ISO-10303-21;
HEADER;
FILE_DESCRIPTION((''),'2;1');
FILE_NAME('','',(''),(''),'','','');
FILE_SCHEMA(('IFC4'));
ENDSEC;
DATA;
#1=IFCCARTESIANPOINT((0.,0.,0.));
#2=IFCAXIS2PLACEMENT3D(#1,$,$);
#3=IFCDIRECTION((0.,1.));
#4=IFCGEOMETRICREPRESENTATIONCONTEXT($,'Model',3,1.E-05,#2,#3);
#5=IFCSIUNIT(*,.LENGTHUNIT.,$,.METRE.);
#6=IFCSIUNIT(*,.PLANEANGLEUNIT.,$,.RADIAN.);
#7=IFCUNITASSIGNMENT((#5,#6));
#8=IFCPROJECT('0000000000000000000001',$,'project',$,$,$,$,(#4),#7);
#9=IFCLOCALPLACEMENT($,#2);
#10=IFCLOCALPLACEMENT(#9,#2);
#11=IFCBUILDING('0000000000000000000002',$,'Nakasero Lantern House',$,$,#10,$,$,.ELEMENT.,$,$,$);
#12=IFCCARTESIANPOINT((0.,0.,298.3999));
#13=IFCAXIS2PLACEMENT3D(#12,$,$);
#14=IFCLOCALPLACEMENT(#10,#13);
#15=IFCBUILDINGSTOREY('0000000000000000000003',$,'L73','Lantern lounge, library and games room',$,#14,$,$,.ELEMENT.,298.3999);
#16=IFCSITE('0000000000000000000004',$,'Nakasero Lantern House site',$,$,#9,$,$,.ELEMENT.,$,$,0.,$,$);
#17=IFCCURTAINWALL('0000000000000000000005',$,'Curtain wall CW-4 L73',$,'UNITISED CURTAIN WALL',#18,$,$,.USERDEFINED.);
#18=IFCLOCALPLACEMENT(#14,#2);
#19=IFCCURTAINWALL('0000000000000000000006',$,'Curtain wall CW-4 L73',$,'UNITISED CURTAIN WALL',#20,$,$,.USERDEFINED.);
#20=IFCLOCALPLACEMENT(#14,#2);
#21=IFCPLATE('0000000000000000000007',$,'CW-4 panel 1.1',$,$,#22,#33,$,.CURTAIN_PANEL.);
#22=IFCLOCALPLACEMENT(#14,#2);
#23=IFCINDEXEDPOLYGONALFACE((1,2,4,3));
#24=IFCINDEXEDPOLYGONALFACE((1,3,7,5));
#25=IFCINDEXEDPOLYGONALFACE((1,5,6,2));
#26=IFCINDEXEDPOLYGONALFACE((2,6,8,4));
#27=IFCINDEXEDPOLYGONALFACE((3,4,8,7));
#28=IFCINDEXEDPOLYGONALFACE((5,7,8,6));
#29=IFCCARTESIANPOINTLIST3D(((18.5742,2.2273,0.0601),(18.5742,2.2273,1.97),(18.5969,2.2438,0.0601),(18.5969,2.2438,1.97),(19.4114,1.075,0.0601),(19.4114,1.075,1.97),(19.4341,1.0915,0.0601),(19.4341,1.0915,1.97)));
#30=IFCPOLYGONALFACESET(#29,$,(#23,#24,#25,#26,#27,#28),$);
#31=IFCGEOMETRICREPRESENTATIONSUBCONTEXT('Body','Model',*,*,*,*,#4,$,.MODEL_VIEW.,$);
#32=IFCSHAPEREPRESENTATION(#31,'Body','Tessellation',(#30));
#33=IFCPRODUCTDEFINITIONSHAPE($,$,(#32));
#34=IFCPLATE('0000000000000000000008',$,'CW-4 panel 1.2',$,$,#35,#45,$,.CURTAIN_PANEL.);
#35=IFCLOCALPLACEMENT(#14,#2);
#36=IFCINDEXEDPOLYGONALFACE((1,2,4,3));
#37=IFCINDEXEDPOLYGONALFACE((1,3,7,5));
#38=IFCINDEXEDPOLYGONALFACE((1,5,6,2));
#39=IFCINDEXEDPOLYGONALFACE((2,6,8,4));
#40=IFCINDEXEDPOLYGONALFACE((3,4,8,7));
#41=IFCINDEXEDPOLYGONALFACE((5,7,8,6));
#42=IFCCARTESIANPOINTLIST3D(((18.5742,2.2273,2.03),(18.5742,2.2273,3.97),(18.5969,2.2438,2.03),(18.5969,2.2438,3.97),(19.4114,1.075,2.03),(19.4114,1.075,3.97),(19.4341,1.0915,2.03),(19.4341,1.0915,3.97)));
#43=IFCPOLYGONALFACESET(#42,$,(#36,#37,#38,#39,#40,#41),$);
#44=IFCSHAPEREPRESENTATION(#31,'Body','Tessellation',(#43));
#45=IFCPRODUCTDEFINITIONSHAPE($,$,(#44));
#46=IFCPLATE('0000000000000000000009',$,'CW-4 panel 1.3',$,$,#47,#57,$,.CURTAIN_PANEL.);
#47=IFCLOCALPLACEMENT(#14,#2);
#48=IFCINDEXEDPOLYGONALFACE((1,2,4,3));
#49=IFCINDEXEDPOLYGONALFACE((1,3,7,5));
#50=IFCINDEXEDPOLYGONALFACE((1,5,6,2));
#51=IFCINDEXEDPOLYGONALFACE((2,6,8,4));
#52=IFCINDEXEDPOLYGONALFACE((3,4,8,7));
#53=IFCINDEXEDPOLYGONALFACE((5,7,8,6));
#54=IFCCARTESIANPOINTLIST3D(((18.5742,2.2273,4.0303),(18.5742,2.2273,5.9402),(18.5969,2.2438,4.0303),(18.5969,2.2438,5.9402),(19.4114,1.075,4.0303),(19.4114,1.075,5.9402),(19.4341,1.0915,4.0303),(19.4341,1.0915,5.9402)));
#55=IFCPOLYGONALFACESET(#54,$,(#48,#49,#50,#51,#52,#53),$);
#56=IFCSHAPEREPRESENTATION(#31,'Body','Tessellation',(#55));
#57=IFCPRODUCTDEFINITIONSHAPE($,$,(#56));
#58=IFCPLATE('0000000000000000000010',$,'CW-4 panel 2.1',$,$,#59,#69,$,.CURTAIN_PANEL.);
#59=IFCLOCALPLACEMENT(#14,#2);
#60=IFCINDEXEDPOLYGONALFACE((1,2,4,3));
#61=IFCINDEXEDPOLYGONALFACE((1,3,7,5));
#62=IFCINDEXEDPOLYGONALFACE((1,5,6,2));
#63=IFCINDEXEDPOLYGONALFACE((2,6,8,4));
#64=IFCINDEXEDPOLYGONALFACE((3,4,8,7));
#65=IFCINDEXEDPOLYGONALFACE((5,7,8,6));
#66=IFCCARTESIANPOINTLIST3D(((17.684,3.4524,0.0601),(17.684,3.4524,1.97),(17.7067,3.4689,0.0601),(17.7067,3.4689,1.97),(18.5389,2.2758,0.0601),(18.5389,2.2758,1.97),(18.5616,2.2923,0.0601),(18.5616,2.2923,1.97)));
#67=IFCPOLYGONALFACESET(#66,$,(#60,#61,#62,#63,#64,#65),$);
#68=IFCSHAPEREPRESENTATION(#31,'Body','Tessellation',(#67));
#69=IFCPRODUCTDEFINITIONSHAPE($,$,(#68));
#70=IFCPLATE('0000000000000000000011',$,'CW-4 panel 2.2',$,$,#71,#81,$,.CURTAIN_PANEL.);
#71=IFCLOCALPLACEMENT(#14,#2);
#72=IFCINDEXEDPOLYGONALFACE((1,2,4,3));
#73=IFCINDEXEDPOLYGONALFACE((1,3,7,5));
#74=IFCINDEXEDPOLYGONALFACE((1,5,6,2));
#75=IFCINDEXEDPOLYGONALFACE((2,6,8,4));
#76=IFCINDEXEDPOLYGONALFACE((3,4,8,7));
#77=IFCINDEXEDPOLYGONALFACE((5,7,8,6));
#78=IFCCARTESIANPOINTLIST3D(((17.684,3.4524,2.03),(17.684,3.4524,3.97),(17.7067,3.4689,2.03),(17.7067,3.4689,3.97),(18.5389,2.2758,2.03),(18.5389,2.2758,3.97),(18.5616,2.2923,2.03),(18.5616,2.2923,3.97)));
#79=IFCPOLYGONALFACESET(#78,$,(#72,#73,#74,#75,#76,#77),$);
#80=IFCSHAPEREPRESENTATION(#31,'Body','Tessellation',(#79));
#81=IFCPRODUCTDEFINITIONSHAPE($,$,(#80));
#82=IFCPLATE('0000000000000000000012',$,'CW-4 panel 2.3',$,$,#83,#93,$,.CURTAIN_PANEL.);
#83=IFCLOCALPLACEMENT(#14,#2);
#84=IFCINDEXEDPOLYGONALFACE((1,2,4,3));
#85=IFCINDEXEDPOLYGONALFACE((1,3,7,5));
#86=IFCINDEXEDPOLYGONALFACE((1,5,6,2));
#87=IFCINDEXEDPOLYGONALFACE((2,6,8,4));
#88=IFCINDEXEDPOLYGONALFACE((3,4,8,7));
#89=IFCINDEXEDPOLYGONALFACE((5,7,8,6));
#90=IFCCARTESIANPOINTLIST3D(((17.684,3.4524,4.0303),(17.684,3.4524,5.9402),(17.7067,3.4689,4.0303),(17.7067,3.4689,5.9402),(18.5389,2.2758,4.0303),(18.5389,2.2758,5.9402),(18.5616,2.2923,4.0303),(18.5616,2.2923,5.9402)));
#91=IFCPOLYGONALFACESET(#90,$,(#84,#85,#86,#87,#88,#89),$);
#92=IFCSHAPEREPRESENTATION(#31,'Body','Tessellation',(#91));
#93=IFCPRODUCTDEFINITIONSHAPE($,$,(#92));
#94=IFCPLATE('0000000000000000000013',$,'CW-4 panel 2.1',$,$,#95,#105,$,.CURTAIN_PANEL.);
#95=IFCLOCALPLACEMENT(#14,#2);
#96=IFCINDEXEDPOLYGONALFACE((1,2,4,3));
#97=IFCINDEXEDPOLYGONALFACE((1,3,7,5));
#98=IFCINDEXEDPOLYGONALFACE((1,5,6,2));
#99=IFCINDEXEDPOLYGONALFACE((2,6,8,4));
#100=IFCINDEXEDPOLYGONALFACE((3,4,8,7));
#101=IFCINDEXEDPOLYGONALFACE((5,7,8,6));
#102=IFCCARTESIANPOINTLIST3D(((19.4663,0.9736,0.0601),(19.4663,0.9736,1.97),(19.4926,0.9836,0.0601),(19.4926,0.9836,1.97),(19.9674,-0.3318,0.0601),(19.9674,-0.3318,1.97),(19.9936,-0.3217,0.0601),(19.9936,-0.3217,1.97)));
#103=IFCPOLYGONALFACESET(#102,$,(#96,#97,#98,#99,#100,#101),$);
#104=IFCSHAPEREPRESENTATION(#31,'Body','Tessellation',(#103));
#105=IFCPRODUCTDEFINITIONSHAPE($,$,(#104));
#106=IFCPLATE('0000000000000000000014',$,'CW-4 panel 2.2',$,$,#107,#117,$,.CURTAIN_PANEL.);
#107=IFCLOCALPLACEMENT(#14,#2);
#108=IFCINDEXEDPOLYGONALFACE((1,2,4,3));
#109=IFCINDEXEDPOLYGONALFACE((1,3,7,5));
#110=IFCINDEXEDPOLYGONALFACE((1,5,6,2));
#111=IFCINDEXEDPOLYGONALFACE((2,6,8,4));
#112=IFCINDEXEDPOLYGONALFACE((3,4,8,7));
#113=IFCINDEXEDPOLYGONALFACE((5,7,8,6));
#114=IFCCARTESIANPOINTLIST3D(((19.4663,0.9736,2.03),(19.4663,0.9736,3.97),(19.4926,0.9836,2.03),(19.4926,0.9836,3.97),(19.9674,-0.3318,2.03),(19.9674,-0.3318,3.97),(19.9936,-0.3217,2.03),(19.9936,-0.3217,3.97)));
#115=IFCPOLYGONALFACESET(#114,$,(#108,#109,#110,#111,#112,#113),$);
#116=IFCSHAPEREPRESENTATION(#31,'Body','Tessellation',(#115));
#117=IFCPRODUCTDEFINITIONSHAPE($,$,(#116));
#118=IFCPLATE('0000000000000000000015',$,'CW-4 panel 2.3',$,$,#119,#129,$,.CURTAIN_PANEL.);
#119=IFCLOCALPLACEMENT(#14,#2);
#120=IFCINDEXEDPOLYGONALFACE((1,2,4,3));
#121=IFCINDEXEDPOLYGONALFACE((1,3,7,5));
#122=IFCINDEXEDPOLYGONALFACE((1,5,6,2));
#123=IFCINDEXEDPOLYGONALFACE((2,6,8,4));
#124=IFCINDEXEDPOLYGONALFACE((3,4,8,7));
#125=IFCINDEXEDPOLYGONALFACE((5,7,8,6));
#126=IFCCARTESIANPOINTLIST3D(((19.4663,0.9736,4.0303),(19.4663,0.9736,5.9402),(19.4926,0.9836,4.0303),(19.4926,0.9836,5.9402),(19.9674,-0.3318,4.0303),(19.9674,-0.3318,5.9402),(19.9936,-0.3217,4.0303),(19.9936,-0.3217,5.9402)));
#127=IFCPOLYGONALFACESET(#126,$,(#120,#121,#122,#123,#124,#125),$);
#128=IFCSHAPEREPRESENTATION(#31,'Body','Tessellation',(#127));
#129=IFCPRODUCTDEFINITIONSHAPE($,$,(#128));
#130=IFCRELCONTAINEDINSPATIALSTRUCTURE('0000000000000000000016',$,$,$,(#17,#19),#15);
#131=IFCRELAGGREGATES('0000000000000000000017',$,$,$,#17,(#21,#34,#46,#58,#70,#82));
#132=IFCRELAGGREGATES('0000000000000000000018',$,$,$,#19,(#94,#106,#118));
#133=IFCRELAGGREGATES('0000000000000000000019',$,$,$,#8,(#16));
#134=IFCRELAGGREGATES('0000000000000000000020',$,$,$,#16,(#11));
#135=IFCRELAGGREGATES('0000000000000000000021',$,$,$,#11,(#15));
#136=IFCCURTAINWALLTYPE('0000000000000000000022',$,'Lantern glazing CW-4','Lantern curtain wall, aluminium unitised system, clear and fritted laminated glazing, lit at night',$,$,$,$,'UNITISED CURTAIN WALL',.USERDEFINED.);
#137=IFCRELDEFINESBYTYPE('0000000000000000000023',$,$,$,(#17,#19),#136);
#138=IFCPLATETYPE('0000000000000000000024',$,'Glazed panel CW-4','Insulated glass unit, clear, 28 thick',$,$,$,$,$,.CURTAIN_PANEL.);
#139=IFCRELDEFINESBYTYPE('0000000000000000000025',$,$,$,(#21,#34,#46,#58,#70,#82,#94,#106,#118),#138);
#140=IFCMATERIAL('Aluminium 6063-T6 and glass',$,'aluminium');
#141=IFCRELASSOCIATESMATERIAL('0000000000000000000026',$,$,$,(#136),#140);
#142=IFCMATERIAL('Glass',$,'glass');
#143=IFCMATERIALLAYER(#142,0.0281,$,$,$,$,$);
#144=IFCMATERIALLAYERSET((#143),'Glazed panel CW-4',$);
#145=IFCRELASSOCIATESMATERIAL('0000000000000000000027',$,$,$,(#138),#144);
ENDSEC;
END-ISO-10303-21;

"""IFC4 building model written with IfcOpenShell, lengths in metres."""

from ifc_helpers import new_model, si_unit, direction, frame, origin, origin_2d, place, context, subcontext, project, spatial, rectangle, extrude, material, layer, layer_set, type_object, element, aggregate, save


model = new_model("IFC4")

# Units and contexts
model_context = context("Model", 3, precision=1e-05, world=origin(), true_north=direction((0.0, 1.0)))
body_context = subcontext(model_context, "Body", "Model", "MODEL_VIEW")
ifc_project = project(units=[si_unit("LENGTHUNIT", "METRE"), si_unit("PLANEANGLEUNIT", "RADIAN")], contexts=[model_context])

# Site, building, storey
site_placement = place(None, origin())
site = spatial("IfcSite", under=ifc_project, at=site_placement, Name="Nakasero Lantern House site", CompositionType="ELEMENT", RefElevation=0.0)
building_placement = place(site_placement, origin())
building = spatial("IfcBuilding", under=site, at=building_placement, Name="Nakasero Lantern House", CompositionType="ELEMENT")
storey_placement = place(building_placement, frame((0.0, 0.0, 298.3999)))
storey = spatial("IfcBuildingStorey", under=building, at=storey_placement, Name="L73", Description="Lantern lounge, library and games room", CompositionType="ELEMENT", Elevation=298.3999)

# Curtain wall
ifc_material_1 = material(Name="Aluminium 6063-T6 and glass", Category="aluminium")
curtain_wall_type = type_object("IfcCurtainWallType", Name="Lantern glazing CW-4", Description="Lantern curtain wall, aluminium unitised system, clear and fritted laminated glazing, lit at night", ElementType="UNITISED CURTAIN WALL", PredefinedType="USERDEFINED", material=ifc_material_1)
curtain_wall_1_placement = place(storey_placement, origin())
curtain_wall_1 = element("IfcCurtainWall", 1, at=curtain_wall_1_placement, inside=storey, type_object=curtain_wall_type, Name="Curtain wall CW-4 L73", ObjectType="UNITISED CURTAIN WALL", PredefinedType="USERDEFINED")

# Curtain wall
curtain_wall_2_placement = place(storey_placement, origin())
curtain_wall_2 = element("IfcCurtainWall", 2, at=curtain_wall_2_placement, inside=storey, type_object=curtain_wall_type, Name="Curtain wall CW-4 L73", ObjectType="UNITISED CURTAIN WALL", PredefinedType="USERDEFINED")

# Plates
ifc_material_2 = material(Name="Glass", Category="glass")
ifc_layer = layer(ifc_material_2, 0.0281)
ifc_layer_set = layer_set([ifc_layer], Name="Glazed panel CW-4")
plate_type = type_object("IfcPlateType", Name="Glazed panel CW-4", Description="Insulated glass unit, clear, 28 thick", PredefinedType="CURTAIN_PANEL", material=ifc_layer_set)
plate_1_placement = place(storey_placement, frame((19.0042, 1.6594, 0.0601), z_axis=(0.0, 0.0, 1.0), x_axis=(-0.587785, 0.809017, 0.0)))
plate_1 = element("IfcPlate", 3, at=plate_1_placement, type_object=plate_type, Name="CW-4 panel 1.1", PredefinedType="CURTAIN_PANEL", context=body_context, shape_type="SweptSolid", body=[
    extrude(rectangle(XDim=1.4243, YDim=0.0281, at=origin_2d()), origin(), (0.0, 0.0, 1.0), 1.9099),
])
plate_2_placement = place(storey_placement, frame((19.0042, 1.6594, 2.03), z_axis=(0.0, 0.0, 1.0), x_axis=(-0.587785, 0.809017, 0.0)))
plate_2 = element("IfcPlate", 4, at=plate_2_placement, type_object=plate_type, Name="CW-4 panel 1.2", PredefinedType="CURTAIN_PANEL", context=body_context, shape_type="SweptSolid", body=[
    extrude(rectangle(XDim=1.4243, YDim=0.0281, at=origin_2d()), origin(), (0.0, 0.0, 1.0), 1.9399),
])
plate_3_placement = place(storey_placement, frame((19.0042, 1.6594, 4.0303), z_axis=(0.0, 0.0, 1.0), x_axis=(-0.587785, 0.809017, 0.0)))
plate_3 = element("IfcPlate", 5, at=plate_3_placement, type_object=plate_type, Name="CW-4 panel 1.3", PredefinedType="CURTAIN_PANEL", context=body_context, shape_type="SweptSolid", body=[
    extrude(rectangle(XDim=1.4243, YDim=0.0281, at=origin_2d()), origin(), (0.0, 0.0, 1.0), 1.9099),
])
plate_4_placement = place(storey_placement, frame((18.1228, 2.8723, 0.0601), z_axis=(0.0, 0.0, 1.0), x_axis=(-0.587785, 0.809017, 0.0)))
plate_4 = element("IfcPlate", 6, at=plate_4_placement, type_object=plate_type, Name="CW-4 panel 2.1", PredefinedType="CURTAIN_PANEL", context=body_context, shape_type="SweptSolid", body=[
    extrude(rectangle(XDim=1.4543, YDim=0.0281, at=origin_2d()), origin(), (0.0, 0.0, 1.0), 1.9099),
])
plate_5_placement = place(storey_placement, frame((18.1228, 2.8723, 2.03), z_axis=(0.0, 0.0, 1.0), x_axis=(-0.587785, 0.809017, 0.0)))
plate_5 = element("IfcPlate", 7, at=plate_5_placement, type_object=plate_type, Name="CW-4 panel 2.2", PredefinedType="CURTAIN_PANEL", context=body_context, shape_type="SweptSolid", body=[
    extrude(rectangle(XDim=1.4543, YDim=0.0281, at=origin_2d()), origin(), (0.0, 0.0, 1.0), 1.9399),
])
plate_6_placement = place(storey_placement, frame((18.1228, 2.8723, 4.0303), z_axis=(0.0, 0.0, 1.0), x_axis=(-0.587785, 0.809017, 0.0)))
plate_6 = element("IfcPlate", 8, at=plate_6_placement, type_object=plate_type, Name="CW-4 panel 2.3", PredefinedType="CURTAIN_PANEL", context=body_context, shape_type="SweptSolid", body=[
    extrude(rectangle(XDim=1.4543, YDim=0.0281, at=origin_2d()), origin(), (0.0, 0.0, 1.0), 1.9099),
])
aggregate(curtain_wall_1, [plate_1, plate_2, plate_3, plate_4, plate_5, plate_6])
plate_7_placement = place(storey_placement, frame((19.73, 0.3259, 0.0601), z_axis=(0.0, 0.0, 1.0), x_axis=(-0.358368, 0.93358, 0.0)))
plate_7 = element("IfcPlate", 9, at=plate_7_placement, type_object=plate_type, Name="CW-4 panel 2.1", PredefinedType="CURTAIN_PANEL", context=body_context, shape_type="SweptSolid", body=[
    extrude(rectangle(XDim=1.3982, YDim=0.0281, at=origin_2d()), origin(), (0.0, 0.0, 1.0), 1.9099),
])
plate_8_placement = place(storey_placement, frame((19.73, 0.3259, 2.03), z_axis=(0.0, 0.0, 1.0), x_axis=(-0.358368, 0.93358, 0.0)))
plate_8 = element("IfcPlate", 10, at=plate_8_placement, type_object=plate_type, Name="CW-4 panel 2.2", PredefinedType="CURTAIN_PANEL", context=body_context, shape_type="SweptSolid", body=[
    extrude(rectangle(XDim=1.3982, YDim=0.0281, at=origin_2d()), origin(), (0.0, 0.0, 1.0), 1.9399),
])
plate_9_placement = place(storey_placement, frame((19.73, 0.3259, 4.0303), z_axis=(0.0, 0.0, 1.0), x_axis=(-0.358368, 0.93358, 0.0)))
plate_9 = element("IfcPlate", 11, at=plate_9_placement, type_object=plate_type, Name="CW-4 panel 2.3", PredefinedType="CURTAIN_PANEL", context=body_context, shape_type="SweptSolid", body=[
    extrude(rectangle(XDim=1.3982, YDim=0.0281, at=origin_2d()), origin(), (0.0, 0.0, 1.0), 1.9099),
])
aggregate(curtain_wall_2, [plate_7, plate_8, plate_9])

save(model, "model.ifc")
